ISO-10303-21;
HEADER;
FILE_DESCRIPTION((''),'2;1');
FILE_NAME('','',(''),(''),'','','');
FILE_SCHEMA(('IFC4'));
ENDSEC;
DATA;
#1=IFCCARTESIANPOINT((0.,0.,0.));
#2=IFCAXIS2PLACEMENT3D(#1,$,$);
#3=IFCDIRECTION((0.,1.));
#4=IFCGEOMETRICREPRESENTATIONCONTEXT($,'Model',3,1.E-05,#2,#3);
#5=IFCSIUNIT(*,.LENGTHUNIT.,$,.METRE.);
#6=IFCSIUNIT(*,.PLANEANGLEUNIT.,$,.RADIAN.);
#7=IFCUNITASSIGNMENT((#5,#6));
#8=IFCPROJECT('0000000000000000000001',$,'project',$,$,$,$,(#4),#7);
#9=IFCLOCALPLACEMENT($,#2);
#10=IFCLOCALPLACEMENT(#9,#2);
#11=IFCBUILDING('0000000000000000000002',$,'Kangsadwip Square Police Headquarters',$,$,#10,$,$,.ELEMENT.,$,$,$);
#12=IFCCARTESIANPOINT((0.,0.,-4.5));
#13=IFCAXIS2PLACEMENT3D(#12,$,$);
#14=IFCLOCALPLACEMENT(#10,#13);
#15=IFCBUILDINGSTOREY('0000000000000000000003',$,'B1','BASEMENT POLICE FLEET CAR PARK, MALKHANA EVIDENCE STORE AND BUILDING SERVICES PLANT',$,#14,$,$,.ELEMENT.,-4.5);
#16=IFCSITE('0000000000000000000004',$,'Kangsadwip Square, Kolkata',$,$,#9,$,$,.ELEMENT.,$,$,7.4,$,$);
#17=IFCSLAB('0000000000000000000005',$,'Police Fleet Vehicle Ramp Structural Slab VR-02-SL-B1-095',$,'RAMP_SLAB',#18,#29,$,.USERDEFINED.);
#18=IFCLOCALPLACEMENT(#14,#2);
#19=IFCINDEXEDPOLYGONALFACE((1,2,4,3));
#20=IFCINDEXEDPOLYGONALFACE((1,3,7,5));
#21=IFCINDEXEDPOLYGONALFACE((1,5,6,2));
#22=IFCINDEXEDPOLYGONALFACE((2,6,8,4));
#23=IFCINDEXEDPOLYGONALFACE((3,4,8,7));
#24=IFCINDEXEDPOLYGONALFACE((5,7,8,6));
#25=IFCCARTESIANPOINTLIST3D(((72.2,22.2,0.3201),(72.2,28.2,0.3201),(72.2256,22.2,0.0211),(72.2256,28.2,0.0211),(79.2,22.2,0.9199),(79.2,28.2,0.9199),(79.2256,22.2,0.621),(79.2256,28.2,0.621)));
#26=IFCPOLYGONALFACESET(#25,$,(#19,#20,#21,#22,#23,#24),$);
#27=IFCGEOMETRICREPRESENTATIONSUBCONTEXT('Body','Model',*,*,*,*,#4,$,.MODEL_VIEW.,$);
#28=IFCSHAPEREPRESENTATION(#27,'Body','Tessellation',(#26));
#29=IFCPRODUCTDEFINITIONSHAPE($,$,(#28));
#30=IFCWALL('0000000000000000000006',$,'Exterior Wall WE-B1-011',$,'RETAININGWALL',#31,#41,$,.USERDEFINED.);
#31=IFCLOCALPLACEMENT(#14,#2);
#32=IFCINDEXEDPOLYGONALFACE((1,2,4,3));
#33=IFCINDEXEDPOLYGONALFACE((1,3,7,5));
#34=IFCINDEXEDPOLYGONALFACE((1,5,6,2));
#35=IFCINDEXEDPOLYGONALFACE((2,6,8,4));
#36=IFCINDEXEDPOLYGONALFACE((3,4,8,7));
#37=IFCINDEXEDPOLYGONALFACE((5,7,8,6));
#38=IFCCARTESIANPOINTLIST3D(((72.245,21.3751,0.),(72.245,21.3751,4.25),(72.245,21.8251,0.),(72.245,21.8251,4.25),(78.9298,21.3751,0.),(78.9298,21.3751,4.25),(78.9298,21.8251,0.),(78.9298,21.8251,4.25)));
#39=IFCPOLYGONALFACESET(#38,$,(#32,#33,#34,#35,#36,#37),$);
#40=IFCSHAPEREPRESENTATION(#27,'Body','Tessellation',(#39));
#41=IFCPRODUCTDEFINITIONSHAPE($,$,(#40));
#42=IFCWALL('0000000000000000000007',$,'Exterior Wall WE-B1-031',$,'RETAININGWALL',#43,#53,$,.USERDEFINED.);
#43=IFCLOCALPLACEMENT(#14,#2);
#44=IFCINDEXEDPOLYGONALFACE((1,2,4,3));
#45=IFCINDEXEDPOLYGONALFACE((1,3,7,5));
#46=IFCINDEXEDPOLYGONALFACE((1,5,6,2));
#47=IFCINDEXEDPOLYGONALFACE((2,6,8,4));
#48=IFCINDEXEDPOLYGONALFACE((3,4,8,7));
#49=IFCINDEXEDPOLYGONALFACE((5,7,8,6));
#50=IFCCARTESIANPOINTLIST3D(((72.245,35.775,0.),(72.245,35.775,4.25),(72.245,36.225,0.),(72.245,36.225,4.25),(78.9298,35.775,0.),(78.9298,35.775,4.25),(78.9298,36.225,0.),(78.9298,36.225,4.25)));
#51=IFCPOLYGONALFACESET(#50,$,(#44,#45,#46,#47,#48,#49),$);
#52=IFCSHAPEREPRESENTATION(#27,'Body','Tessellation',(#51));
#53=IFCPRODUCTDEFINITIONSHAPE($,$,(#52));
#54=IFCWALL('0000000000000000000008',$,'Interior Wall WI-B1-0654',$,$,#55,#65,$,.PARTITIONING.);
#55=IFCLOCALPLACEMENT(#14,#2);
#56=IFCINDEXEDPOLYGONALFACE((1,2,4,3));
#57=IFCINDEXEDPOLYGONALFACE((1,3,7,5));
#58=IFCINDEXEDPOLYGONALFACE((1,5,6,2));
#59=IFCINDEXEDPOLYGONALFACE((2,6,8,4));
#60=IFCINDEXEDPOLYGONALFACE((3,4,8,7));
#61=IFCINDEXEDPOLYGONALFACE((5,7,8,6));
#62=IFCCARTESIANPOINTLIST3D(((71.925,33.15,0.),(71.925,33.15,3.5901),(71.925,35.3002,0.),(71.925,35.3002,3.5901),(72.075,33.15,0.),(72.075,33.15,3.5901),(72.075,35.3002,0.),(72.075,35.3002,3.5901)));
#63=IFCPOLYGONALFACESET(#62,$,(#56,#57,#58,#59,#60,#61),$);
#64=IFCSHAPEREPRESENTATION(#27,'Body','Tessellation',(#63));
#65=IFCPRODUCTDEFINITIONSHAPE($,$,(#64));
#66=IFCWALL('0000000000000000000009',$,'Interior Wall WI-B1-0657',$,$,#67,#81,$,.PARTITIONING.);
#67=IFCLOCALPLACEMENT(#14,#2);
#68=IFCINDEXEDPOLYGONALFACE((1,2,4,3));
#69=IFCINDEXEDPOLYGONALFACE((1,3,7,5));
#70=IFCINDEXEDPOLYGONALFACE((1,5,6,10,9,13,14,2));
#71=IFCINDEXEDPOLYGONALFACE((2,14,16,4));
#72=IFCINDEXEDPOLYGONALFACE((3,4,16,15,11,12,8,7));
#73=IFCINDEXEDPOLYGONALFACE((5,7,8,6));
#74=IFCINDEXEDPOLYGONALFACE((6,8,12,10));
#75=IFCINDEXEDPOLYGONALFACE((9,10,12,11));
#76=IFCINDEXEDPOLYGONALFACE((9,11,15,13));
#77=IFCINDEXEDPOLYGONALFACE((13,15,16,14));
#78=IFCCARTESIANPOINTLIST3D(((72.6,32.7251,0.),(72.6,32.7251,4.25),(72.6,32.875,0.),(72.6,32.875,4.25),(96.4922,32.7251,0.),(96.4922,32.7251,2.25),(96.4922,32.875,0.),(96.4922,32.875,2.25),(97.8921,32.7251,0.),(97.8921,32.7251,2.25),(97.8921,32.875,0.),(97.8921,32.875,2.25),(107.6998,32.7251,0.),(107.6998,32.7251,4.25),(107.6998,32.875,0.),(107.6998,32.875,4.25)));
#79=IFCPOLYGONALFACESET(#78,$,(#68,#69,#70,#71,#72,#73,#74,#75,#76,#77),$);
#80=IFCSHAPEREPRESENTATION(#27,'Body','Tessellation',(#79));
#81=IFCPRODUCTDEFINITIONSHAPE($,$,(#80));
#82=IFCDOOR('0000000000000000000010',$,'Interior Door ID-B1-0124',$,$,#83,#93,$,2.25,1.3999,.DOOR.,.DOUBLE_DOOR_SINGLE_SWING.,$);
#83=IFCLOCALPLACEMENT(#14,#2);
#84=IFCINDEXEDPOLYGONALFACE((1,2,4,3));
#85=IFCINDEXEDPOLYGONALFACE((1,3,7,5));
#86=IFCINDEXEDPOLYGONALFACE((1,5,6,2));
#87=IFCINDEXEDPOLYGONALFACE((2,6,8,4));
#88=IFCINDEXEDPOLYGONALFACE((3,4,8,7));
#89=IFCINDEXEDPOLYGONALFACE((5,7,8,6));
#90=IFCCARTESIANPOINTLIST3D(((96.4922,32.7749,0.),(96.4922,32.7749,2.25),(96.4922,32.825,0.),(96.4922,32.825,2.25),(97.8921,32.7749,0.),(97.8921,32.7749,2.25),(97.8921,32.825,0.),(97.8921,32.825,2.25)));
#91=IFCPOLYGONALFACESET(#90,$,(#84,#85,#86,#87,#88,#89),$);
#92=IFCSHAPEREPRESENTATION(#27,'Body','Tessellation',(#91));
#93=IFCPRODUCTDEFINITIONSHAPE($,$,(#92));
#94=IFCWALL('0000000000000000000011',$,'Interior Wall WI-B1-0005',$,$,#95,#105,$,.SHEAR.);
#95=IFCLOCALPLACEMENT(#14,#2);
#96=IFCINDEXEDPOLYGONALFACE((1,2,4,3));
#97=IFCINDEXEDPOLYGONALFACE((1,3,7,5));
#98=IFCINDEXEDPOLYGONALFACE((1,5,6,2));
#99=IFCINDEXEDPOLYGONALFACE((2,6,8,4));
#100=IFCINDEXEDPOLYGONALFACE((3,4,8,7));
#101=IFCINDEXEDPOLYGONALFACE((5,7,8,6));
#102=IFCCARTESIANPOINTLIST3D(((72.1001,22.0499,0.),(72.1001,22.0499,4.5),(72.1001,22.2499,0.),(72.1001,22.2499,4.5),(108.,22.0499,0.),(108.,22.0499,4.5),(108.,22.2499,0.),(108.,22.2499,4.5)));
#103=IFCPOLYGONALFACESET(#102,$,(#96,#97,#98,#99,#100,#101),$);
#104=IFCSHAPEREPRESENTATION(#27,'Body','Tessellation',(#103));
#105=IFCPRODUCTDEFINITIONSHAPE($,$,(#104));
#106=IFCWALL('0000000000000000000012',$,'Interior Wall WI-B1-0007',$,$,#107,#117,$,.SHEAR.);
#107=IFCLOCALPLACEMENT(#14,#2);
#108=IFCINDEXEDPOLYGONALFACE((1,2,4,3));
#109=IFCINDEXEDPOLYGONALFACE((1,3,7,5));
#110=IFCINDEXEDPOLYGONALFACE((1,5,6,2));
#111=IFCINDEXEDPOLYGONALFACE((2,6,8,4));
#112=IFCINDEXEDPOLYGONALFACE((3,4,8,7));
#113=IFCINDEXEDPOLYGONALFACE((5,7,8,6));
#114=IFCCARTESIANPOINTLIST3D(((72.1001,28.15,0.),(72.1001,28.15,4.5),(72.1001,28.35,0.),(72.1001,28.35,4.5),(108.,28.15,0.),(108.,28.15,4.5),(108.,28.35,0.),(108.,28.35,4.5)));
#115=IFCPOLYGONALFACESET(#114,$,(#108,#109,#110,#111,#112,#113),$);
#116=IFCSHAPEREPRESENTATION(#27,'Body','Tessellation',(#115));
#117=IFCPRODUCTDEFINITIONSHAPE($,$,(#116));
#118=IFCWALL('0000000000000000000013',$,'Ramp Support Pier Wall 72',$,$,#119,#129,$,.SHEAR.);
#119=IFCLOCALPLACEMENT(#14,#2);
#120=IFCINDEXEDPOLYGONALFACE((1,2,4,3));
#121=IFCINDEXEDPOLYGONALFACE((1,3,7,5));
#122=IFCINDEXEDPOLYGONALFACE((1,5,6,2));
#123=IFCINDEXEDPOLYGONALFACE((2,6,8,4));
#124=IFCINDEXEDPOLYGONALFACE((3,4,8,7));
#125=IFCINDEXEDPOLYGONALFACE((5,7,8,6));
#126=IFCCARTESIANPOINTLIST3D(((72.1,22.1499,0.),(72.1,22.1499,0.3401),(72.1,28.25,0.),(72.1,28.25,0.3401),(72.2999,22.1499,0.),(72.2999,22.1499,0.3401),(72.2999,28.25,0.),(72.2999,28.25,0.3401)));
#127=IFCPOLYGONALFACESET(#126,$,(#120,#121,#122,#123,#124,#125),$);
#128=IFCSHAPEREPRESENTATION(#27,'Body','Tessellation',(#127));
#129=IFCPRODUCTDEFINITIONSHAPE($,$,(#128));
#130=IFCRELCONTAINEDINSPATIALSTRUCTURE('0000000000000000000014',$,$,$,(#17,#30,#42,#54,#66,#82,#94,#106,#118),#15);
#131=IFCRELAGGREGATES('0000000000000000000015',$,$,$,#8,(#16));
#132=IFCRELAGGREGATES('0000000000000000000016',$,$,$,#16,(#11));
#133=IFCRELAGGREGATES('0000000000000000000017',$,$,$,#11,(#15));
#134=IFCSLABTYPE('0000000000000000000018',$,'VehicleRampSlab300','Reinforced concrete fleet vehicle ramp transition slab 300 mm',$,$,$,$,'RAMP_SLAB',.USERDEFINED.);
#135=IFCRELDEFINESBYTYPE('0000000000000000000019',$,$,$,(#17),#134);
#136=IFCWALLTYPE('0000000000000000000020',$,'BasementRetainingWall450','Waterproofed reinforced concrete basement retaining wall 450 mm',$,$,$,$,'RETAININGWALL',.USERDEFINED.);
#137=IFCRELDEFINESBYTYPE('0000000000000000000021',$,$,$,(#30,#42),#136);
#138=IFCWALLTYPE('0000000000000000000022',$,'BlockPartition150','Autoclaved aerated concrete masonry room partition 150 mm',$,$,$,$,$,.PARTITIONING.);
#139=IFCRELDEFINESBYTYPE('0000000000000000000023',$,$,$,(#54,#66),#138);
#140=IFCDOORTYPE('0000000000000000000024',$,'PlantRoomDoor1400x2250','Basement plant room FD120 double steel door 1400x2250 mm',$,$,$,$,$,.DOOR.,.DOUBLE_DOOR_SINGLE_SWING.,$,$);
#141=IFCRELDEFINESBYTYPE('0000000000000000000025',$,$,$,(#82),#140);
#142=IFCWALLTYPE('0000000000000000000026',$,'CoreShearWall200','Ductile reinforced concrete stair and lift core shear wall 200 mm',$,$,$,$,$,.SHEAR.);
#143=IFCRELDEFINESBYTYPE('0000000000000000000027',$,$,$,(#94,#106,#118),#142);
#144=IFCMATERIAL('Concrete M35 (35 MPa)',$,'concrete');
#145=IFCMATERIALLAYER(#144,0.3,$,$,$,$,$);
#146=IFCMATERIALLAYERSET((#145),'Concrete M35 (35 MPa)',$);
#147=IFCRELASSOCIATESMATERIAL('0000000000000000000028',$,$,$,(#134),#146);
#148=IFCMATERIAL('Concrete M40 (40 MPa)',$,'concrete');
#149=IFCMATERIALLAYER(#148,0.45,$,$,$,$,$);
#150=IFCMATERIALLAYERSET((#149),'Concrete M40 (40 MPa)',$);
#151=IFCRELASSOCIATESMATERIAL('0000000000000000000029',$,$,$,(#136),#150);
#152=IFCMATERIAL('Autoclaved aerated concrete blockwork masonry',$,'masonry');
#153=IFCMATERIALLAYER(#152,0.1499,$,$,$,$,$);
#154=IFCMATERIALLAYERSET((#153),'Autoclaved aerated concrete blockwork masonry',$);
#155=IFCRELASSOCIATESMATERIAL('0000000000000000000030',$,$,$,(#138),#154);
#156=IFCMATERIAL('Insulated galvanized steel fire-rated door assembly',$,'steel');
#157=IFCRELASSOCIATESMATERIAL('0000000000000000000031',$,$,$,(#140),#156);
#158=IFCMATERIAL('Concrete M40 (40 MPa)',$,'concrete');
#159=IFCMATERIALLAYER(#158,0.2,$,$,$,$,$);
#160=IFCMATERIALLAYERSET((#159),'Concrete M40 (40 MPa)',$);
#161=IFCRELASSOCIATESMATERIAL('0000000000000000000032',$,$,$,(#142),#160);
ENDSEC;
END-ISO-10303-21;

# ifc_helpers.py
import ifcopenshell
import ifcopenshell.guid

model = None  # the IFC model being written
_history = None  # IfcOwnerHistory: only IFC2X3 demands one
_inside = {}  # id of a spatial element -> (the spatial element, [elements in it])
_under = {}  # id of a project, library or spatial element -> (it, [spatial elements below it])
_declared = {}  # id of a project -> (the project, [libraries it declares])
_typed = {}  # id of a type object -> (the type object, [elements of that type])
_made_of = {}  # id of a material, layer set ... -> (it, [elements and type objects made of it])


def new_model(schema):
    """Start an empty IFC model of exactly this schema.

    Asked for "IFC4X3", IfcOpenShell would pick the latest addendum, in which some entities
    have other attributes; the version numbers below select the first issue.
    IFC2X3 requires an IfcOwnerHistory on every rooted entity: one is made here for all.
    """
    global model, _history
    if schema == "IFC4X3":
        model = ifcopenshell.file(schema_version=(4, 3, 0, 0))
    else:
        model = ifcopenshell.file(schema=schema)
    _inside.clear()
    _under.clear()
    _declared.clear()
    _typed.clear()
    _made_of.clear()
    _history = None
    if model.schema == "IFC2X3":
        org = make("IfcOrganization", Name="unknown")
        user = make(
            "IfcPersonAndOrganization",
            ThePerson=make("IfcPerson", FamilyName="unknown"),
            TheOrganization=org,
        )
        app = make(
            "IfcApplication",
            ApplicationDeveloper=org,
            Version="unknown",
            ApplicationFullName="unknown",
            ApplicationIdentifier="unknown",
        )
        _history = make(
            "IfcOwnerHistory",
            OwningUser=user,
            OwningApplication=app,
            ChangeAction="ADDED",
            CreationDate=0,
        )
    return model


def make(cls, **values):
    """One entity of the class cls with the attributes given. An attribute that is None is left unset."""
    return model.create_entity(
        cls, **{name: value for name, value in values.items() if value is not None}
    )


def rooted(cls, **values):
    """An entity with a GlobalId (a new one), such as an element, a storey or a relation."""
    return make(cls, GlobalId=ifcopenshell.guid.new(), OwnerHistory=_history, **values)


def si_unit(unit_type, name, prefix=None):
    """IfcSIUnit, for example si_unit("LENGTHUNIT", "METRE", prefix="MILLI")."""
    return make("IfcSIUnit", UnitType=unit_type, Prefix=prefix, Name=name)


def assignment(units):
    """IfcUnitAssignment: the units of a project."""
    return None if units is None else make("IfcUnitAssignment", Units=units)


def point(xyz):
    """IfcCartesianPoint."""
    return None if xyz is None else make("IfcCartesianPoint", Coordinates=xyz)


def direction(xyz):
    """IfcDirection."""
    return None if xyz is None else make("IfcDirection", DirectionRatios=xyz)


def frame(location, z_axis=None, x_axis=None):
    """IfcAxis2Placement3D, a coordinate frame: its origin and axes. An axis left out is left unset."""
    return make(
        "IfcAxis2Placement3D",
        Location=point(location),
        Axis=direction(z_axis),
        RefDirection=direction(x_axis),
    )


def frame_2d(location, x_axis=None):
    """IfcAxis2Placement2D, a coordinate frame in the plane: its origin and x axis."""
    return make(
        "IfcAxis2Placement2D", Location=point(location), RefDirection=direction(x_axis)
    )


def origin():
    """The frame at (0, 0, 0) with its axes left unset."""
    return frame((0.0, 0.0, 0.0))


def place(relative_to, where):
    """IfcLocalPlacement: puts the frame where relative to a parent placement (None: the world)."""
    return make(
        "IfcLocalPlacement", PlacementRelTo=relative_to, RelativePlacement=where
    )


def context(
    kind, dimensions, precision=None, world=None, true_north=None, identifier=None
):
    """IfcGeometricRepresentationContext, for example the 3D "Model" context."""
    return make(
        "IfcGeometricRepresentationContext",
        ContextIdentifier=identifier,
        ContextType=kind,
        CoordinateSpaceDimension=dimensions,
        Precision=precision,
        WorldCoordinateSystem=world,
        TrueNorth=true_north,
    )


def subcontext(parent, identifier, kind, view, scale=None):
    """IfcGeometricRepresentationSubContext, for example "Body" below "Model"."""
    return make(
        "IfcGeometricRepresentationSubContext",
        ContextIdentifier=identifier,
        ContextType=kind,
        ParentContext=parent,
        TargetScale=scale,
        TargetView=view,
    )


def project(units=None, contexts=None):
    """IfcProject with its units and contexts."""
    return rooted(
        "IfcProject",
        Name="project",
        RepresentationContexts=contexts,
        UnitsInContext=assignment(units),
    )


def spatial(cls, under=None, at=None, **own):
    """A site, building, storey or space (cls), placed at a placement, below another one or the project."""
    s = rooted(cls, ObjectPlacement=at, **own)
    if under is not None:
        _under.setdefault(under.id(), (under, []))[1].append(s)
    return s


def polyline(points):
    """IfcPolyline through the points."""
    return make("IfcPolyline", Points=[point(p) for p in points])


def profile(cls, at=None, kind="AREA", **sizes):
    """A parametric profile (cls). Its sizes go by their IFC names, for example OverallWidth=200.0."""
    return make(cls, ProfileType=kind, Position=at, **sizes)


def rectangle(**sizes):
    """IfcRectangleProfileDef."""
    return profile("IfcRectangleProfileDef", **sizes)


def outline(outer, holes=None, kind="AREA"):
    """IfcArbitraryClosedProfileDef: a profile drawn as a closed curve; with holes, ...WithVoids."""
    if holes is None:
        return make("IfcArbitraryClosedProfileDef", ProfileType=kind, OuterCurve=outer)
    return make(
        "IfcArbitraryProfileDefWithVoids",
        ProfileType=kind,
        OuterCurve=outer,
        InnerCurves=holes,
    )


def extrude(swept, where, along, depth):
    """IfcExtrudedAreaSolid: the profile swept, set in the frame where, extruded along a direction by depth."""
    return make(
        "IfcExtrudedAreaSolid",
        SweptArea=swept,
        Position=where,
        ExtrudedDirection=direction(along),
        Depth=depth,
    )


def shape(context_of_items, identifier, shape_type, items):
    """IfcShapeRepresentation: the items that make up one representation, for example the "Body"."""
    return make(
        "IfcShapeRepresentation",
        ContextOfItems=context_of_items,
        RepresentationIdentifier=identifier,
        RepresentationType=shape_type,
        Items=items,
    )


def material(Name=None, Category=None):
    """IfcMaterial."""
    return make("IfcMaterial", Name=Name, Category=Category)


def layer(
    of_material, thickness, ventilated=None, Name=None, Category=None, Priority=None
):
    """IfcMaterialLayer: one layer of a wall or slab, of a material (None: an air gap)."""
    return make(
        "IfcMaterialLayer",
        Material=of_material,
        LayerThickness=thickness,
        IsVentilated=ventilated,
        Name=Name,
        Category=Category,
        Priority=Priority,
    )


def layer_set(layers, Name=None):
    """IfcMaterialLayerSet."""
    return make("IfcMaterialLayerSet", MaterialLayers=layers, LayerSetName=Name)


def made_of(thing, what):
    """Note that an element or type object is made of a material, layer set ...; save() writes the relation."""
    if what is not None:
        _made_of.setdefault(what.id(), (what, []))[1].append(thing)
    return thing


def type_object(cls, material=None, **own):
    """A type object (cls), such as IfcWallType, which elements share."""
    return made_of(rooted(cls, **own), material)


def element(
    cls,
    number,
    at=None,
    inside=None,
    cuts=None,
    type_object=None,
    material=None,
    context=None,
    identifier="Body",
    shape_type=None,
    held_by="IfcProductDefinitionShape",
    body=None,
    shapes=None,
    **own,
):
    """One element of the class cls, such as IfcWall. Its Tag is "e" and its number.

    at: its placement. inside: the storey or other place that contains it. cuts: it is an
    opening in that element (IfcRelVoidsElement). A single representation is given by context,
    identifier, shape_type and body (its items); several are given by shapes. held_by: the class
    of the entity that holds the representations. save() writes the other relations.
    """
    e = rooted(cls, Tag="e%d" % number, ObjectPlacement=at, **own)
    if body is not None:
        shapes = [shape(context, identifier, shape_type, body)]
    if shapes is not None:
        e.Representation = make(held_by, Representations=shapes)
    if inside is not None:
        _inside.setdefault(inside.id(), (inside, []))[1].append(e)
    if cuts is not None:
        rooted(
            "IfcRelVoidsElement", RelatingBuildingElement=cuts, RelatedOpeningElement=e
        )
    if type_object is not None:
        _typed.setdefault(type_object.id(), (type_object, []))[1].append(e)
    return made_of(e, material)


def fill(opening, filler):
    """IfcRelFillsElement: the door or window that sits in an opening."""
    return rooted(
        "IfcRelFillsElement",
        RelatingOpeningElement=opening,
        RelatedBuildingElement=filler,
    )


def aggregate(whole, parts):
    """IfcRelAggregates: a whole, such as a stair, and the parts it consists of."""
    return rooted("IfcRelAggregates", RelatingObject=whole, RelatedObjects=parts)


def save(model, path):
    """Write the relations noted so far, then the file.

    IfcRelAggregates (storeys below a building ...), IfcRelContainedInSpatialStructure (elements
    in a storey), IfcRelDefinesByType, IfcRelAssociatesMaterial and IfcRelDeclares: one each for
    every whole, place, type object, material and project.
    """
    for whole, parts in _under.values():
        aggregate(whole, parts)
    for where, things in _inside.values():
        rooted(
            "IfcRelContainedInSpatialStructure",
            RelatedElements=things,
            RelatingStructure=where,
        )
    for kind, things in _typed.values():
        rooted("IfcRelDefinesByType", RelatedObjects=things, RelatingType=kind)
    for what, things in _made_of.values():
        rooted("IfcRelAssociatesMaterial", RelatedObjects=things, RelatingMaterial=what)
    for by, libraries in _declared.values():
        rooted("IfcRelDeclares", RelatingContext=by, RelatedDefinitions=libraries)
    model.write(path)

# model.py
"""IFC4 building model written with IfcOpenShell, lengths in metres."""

from ifc_helpers import new_model, si_unit, direction, frame, frame_2d, origin, place, context, subcontext, project, spatial, polyline, rectangle, outline, extrude, material, layer, layer_set, type_object, element, fill, save


model = new_model("IFC4")

# Units and contexts
model_context = context("Model", 3, precision=1e-05, world=origin(), true_north=direction((0.0, 1.0)))
body_context = subcontext(model_context, "Body", "Model", "MODEL_VIEW")
ifc_project = project(units=[si_unit("LENGTHUNIT", "METRE"), si_unit("PLANEANGLEUNIT", "RADIAN")], contexts=[model_context])

# Site, building, storey
site_placement = place(None, origin())
site = spatial("IfcSite", under=ifc_project, at=site_placement, Name="Kangsadwip Square, Kolkata", CompositionType="ELEMENT", RefElevation=7.4)
building_placement = place(site_placement, origin())
building = spatial("IfcBuilding", under=site, at=building_placement, Name="Kangsadwip Square Police Headquarters", CompositionType="ELEMENT")
storey_placement = place(building_placement, frame((0.0, 0.0, -4.5)))
storey = spatial("IfcBuildingStorey", under=building, at=storey_placement, Name="B1", Description="BASEMENT POLICE FLEET CAR PARK, MALKHANA EVIDENCE STORE AND BUILDING SERVICES PLANT", CompositionType="ELEMENT", Elevation=-4.5)

# Slab
ifc_material_1 = material(Name="Concrete M35 (35 MPa)", Category="concrete")
ifc_layer_1 = layer(ifc_material_1, 0.3)
ifc_layer_set_1 = layer_set([ifc_layer_1], Name="Concrete M35 (35 MPa)")
slab_type = type_object("IfcSlabType", Name="VehicleRampSlab300", Description="Reinforced concrete fleet vehicle ramp transition slab 300 mm", ElementType="RAMP_SLAB", PredefinedType="USERDEFINED", material=ifc_layer_set_1)
slab_placement = place(storey_placement, frame((72.2, 22.2, 0.3201), z_axis=(-0.08538, 0.0, 0.996348), x_axis=(0.996348, 0.0, 0.08538)))
element("IfcSlab", 1, at=slab_placement, inside=storey, type_object=slab_type, Name="Police Fleet Vehicle Ramp Structural Slab VR-02-SL-B1-095", ObjectType="RAMP_SLAB", PredefinedType="USERDEFINED", context=body_context, shape_type="SweptSolid", body=[
    extrude(outline(polyline([(0.0, 0.0), (7.0257, 0.0), (7.0257, 6.0), (0.0, 6.0), (0.0, 0.0)])), origin(), (0.0, 0.0, -1.0), 0.3),
])

# Walls
ifc_material_2 = material(Name="Concrete M40 (40 MPa)", Category="concrete")
ifc_layer_2 = layer(ifc_material_2, 0.45)
ifc_layer_set_2 = layer_set([ifc_layer_2], Name="Concrete M40 (40 MPa)")
wall_type_1 = type_object("IfcWallType", Name="BasementRetainingWall450", Description="Waterproofed reinforced concrete basement retaining wall 450 mm", ElementType="RETAININGWALL", PredefinedType="USERDEFINED", material=ifc_layer_set_2)
for number, where, z_axis, x_axis, name in (
    (2, (72.2451, 21.6001, 0.0), (0.0, 0.0, 1.0), (1.0, 0.0, 0.0), "Exterior Wall WE-B1-011"),
    (3, (72.2451, 36.0, 0.0), (0.0, 0.0, 1.0), (1.0, 0.0, 0.0), "Exterior Wall WE-B1-031"),
):
    element("IfcWall", number, at=place(storey_placement, frame(where, z_axis=z_axis, x_axis=x_axis)), inside=storey, type_object=wall_type_1, Name=name, ObjectType="RETAININGWALL", PredefinedType="USERDEFINED", context=body_context, shape_type="SweptSolid", body=[
        extrude(rectangle(XDim=6.6848, YDim=0.45, at=frame_2d((3.3423, 0.0))), origin(), (0.0, 0.0, 1.0), 4.25),
    ])
ifc_material_3 = material(Name="Autoclaved aerated concrete blockwork masonry", Category="masonry")
ifc_layer_3 = layer(ifc_material_3, 0.1499)
ifc_layer_set_3 = layer_set([ifc_layer_3], Name="Autoclaved aerated concrete blockwork masonry")
wall_type_2 = type_object("IfcWallType", Name="BlockPartition150", Description="Autoclaved aerated concrete masonry room partition 150 mm", PredefinedType="PARTITIONING", material=ifc_layer_set_3)
wall_1_placement = place(storey_placement, frame((72.0, 33.1499, 0.0), z_axis=(0.0, 0.0, 1.0), x_axis=(0.0, 1.0, 0.0)))
element("IfcWall", 4, at=wall_1_placement, inside=storey, type_object=wall_type_2, Name="Interior Wall WI-B1-0654", PredefinedType="PARTITIONING", context=body_context, shape_type="SweptSolid", body=[
    extrude(rectangle(XDim=2.1501, YDim=0.1499, at=frame_2d((1.0752, 0.0))), origin(), (0.0, 0.0, 1.0), 3.5901),
])

# Wall, opening, door
wall_2_placement = place(storey_placement, frame((72.6001, 32.8, 0.0), z_axis=(0.0, 0.0, 1.0), x_axis=(1.0, 0.0, 0.0)))
wall_2 = element("IfcWall", 5, at=wall_2_placement, inside=storey, type_object=wall_type_2, Name="Interior Wall WI-B1-0657", PredefinedType="PARTITIONING", context=body_context, shape_type="SweptSolid", body=[
    extrude(rectangle(XDim=35.0999, YDim=0.1499, at=frame_2d((17.5498, 0.0))), origin(), (0.0, 0.0, 1.0), 4.25),
])
opening_placement = place(wall_2_placement, frame((23.8921, 0.0, 0.0)))
opening = element("IfcOpeningElement", 6, at=opening_placement, cuts=wall_2, PredefinedType="OPENING", context=body_context, shape_type="SweptSolid", body=[
    extrude(rectangle(XDim=1.3999, YDim=2.25, at=frame_2d((0.7, 1.125))), frame((0.0, 0.085, 0.0), z_axis=(0.0, -1.0, 0.0), x_axis=(1.0, 0.0, 0.0)), (0.0, 0.0, 1.0), 0.1699),
])
ifc_material_4 = material(Name="Insulated galvanized steel fire-rated door assembly", Category="steel")
door_type = type_object("IfcDoorType", Name="PlantRoomDoor1400x2250", Description="Basement plant room FD120 double steel door 1400x2250 mm", OperationType="DOUBLE_DOOR_SINGLE_SWING", PredefinedType="DOOR", material=ifc_material_4)
door_placement = place(opening_placement, origin())
door = element("IfcDoor", 7, at=door_placement, inside=storey, type_object=door_type, Name="Interior Door ID-B1-0124", OperationType="DOUBLE_DOOR_SINGLE_SWING", OverallHeight=2.25, OverallWidth=1.3999, PredefinedType="DOOR", context=body_context, shape_type="SweptSolid", body=[
    extrude(rectangle(XDim=1.3999, YDim=2.25, at=frame_2d((0.7, 1.125))), frame((0.0, 0.0249, 0.0), z_axis=(0.0, -1.0, 0.0), x_axis=(1.0, 0.0, 0.0)), (0.0, 0.0, 1.0), 0.05),
])
fill(opening, door)

# Walls
ifc_material_5 = material(Name="Concrete M40 (40 MPa)", Category="concrete")
ifc_layer_4 = layer(ifc_material_5, 0.2)
ifc_layer_set_4 = layer_set([ifc_layer_4], Name="Concrete M40 (40 MPa)")
wall_type_3 = type_object("IfcWallType", Name="CoreShearWall200", Description="Ductile reinforced concrete stair and lift core shear wall 200 mm", PredefinedType="SHEAR", material=ifc_layer_set_4)
for number, where, z_axis, x_axis, name in (
    (8, (72.1001, 22.1499, 0.0), (0.0, 0.0, 1.0), (1.0, 0.0, 0.0), "Interior Wall WI-B1-0005"),
    (9, (72.1001, 28.25, 0.0), (0.0, 0.0, 1.0), (1.0, 0.0, 0.0), "Interior Wall WI-B1-0007"),
):
    element("IfcWall", number, at=place(storey_placement, frame(where, z_axis=z_axis, x_axis=x_axis)), inside=storey, type_object=wall_type_3, Name=name, PredefinedType="SHEAR", context=body_context, shape_type="SweptSolid", body=[
        extrude(rectangle(XDim=35.8999, YDim=0.2, at=frame_2d((17.95, 0.0))), origin(), (0.0, 0.0, 1.0), 4.5),
    ])
wall_3_placement = place(storey_placement, frame((72.2, 22.1499, 0.0), z_axis=(0.0, 0.0, 1.0), x_axis=(0.0, 1.0, 0.0)))
element("IfcWall", 10, at=wall_3_placement, inside=storey, type_object=wall_type_3, Name="Ramp Support Pier Wall 72", PredefinedType="SHEAR", context=body_context, shape_type="SweptSolid", body=[
    extrude(rectangle(XDim=6.1001, YDim=0.2, at=frame_2d((3.05, 0.0))), origin(), (0.0, 0.0, 1.0), 0.3401),
])

save(model, "model.ifc")
